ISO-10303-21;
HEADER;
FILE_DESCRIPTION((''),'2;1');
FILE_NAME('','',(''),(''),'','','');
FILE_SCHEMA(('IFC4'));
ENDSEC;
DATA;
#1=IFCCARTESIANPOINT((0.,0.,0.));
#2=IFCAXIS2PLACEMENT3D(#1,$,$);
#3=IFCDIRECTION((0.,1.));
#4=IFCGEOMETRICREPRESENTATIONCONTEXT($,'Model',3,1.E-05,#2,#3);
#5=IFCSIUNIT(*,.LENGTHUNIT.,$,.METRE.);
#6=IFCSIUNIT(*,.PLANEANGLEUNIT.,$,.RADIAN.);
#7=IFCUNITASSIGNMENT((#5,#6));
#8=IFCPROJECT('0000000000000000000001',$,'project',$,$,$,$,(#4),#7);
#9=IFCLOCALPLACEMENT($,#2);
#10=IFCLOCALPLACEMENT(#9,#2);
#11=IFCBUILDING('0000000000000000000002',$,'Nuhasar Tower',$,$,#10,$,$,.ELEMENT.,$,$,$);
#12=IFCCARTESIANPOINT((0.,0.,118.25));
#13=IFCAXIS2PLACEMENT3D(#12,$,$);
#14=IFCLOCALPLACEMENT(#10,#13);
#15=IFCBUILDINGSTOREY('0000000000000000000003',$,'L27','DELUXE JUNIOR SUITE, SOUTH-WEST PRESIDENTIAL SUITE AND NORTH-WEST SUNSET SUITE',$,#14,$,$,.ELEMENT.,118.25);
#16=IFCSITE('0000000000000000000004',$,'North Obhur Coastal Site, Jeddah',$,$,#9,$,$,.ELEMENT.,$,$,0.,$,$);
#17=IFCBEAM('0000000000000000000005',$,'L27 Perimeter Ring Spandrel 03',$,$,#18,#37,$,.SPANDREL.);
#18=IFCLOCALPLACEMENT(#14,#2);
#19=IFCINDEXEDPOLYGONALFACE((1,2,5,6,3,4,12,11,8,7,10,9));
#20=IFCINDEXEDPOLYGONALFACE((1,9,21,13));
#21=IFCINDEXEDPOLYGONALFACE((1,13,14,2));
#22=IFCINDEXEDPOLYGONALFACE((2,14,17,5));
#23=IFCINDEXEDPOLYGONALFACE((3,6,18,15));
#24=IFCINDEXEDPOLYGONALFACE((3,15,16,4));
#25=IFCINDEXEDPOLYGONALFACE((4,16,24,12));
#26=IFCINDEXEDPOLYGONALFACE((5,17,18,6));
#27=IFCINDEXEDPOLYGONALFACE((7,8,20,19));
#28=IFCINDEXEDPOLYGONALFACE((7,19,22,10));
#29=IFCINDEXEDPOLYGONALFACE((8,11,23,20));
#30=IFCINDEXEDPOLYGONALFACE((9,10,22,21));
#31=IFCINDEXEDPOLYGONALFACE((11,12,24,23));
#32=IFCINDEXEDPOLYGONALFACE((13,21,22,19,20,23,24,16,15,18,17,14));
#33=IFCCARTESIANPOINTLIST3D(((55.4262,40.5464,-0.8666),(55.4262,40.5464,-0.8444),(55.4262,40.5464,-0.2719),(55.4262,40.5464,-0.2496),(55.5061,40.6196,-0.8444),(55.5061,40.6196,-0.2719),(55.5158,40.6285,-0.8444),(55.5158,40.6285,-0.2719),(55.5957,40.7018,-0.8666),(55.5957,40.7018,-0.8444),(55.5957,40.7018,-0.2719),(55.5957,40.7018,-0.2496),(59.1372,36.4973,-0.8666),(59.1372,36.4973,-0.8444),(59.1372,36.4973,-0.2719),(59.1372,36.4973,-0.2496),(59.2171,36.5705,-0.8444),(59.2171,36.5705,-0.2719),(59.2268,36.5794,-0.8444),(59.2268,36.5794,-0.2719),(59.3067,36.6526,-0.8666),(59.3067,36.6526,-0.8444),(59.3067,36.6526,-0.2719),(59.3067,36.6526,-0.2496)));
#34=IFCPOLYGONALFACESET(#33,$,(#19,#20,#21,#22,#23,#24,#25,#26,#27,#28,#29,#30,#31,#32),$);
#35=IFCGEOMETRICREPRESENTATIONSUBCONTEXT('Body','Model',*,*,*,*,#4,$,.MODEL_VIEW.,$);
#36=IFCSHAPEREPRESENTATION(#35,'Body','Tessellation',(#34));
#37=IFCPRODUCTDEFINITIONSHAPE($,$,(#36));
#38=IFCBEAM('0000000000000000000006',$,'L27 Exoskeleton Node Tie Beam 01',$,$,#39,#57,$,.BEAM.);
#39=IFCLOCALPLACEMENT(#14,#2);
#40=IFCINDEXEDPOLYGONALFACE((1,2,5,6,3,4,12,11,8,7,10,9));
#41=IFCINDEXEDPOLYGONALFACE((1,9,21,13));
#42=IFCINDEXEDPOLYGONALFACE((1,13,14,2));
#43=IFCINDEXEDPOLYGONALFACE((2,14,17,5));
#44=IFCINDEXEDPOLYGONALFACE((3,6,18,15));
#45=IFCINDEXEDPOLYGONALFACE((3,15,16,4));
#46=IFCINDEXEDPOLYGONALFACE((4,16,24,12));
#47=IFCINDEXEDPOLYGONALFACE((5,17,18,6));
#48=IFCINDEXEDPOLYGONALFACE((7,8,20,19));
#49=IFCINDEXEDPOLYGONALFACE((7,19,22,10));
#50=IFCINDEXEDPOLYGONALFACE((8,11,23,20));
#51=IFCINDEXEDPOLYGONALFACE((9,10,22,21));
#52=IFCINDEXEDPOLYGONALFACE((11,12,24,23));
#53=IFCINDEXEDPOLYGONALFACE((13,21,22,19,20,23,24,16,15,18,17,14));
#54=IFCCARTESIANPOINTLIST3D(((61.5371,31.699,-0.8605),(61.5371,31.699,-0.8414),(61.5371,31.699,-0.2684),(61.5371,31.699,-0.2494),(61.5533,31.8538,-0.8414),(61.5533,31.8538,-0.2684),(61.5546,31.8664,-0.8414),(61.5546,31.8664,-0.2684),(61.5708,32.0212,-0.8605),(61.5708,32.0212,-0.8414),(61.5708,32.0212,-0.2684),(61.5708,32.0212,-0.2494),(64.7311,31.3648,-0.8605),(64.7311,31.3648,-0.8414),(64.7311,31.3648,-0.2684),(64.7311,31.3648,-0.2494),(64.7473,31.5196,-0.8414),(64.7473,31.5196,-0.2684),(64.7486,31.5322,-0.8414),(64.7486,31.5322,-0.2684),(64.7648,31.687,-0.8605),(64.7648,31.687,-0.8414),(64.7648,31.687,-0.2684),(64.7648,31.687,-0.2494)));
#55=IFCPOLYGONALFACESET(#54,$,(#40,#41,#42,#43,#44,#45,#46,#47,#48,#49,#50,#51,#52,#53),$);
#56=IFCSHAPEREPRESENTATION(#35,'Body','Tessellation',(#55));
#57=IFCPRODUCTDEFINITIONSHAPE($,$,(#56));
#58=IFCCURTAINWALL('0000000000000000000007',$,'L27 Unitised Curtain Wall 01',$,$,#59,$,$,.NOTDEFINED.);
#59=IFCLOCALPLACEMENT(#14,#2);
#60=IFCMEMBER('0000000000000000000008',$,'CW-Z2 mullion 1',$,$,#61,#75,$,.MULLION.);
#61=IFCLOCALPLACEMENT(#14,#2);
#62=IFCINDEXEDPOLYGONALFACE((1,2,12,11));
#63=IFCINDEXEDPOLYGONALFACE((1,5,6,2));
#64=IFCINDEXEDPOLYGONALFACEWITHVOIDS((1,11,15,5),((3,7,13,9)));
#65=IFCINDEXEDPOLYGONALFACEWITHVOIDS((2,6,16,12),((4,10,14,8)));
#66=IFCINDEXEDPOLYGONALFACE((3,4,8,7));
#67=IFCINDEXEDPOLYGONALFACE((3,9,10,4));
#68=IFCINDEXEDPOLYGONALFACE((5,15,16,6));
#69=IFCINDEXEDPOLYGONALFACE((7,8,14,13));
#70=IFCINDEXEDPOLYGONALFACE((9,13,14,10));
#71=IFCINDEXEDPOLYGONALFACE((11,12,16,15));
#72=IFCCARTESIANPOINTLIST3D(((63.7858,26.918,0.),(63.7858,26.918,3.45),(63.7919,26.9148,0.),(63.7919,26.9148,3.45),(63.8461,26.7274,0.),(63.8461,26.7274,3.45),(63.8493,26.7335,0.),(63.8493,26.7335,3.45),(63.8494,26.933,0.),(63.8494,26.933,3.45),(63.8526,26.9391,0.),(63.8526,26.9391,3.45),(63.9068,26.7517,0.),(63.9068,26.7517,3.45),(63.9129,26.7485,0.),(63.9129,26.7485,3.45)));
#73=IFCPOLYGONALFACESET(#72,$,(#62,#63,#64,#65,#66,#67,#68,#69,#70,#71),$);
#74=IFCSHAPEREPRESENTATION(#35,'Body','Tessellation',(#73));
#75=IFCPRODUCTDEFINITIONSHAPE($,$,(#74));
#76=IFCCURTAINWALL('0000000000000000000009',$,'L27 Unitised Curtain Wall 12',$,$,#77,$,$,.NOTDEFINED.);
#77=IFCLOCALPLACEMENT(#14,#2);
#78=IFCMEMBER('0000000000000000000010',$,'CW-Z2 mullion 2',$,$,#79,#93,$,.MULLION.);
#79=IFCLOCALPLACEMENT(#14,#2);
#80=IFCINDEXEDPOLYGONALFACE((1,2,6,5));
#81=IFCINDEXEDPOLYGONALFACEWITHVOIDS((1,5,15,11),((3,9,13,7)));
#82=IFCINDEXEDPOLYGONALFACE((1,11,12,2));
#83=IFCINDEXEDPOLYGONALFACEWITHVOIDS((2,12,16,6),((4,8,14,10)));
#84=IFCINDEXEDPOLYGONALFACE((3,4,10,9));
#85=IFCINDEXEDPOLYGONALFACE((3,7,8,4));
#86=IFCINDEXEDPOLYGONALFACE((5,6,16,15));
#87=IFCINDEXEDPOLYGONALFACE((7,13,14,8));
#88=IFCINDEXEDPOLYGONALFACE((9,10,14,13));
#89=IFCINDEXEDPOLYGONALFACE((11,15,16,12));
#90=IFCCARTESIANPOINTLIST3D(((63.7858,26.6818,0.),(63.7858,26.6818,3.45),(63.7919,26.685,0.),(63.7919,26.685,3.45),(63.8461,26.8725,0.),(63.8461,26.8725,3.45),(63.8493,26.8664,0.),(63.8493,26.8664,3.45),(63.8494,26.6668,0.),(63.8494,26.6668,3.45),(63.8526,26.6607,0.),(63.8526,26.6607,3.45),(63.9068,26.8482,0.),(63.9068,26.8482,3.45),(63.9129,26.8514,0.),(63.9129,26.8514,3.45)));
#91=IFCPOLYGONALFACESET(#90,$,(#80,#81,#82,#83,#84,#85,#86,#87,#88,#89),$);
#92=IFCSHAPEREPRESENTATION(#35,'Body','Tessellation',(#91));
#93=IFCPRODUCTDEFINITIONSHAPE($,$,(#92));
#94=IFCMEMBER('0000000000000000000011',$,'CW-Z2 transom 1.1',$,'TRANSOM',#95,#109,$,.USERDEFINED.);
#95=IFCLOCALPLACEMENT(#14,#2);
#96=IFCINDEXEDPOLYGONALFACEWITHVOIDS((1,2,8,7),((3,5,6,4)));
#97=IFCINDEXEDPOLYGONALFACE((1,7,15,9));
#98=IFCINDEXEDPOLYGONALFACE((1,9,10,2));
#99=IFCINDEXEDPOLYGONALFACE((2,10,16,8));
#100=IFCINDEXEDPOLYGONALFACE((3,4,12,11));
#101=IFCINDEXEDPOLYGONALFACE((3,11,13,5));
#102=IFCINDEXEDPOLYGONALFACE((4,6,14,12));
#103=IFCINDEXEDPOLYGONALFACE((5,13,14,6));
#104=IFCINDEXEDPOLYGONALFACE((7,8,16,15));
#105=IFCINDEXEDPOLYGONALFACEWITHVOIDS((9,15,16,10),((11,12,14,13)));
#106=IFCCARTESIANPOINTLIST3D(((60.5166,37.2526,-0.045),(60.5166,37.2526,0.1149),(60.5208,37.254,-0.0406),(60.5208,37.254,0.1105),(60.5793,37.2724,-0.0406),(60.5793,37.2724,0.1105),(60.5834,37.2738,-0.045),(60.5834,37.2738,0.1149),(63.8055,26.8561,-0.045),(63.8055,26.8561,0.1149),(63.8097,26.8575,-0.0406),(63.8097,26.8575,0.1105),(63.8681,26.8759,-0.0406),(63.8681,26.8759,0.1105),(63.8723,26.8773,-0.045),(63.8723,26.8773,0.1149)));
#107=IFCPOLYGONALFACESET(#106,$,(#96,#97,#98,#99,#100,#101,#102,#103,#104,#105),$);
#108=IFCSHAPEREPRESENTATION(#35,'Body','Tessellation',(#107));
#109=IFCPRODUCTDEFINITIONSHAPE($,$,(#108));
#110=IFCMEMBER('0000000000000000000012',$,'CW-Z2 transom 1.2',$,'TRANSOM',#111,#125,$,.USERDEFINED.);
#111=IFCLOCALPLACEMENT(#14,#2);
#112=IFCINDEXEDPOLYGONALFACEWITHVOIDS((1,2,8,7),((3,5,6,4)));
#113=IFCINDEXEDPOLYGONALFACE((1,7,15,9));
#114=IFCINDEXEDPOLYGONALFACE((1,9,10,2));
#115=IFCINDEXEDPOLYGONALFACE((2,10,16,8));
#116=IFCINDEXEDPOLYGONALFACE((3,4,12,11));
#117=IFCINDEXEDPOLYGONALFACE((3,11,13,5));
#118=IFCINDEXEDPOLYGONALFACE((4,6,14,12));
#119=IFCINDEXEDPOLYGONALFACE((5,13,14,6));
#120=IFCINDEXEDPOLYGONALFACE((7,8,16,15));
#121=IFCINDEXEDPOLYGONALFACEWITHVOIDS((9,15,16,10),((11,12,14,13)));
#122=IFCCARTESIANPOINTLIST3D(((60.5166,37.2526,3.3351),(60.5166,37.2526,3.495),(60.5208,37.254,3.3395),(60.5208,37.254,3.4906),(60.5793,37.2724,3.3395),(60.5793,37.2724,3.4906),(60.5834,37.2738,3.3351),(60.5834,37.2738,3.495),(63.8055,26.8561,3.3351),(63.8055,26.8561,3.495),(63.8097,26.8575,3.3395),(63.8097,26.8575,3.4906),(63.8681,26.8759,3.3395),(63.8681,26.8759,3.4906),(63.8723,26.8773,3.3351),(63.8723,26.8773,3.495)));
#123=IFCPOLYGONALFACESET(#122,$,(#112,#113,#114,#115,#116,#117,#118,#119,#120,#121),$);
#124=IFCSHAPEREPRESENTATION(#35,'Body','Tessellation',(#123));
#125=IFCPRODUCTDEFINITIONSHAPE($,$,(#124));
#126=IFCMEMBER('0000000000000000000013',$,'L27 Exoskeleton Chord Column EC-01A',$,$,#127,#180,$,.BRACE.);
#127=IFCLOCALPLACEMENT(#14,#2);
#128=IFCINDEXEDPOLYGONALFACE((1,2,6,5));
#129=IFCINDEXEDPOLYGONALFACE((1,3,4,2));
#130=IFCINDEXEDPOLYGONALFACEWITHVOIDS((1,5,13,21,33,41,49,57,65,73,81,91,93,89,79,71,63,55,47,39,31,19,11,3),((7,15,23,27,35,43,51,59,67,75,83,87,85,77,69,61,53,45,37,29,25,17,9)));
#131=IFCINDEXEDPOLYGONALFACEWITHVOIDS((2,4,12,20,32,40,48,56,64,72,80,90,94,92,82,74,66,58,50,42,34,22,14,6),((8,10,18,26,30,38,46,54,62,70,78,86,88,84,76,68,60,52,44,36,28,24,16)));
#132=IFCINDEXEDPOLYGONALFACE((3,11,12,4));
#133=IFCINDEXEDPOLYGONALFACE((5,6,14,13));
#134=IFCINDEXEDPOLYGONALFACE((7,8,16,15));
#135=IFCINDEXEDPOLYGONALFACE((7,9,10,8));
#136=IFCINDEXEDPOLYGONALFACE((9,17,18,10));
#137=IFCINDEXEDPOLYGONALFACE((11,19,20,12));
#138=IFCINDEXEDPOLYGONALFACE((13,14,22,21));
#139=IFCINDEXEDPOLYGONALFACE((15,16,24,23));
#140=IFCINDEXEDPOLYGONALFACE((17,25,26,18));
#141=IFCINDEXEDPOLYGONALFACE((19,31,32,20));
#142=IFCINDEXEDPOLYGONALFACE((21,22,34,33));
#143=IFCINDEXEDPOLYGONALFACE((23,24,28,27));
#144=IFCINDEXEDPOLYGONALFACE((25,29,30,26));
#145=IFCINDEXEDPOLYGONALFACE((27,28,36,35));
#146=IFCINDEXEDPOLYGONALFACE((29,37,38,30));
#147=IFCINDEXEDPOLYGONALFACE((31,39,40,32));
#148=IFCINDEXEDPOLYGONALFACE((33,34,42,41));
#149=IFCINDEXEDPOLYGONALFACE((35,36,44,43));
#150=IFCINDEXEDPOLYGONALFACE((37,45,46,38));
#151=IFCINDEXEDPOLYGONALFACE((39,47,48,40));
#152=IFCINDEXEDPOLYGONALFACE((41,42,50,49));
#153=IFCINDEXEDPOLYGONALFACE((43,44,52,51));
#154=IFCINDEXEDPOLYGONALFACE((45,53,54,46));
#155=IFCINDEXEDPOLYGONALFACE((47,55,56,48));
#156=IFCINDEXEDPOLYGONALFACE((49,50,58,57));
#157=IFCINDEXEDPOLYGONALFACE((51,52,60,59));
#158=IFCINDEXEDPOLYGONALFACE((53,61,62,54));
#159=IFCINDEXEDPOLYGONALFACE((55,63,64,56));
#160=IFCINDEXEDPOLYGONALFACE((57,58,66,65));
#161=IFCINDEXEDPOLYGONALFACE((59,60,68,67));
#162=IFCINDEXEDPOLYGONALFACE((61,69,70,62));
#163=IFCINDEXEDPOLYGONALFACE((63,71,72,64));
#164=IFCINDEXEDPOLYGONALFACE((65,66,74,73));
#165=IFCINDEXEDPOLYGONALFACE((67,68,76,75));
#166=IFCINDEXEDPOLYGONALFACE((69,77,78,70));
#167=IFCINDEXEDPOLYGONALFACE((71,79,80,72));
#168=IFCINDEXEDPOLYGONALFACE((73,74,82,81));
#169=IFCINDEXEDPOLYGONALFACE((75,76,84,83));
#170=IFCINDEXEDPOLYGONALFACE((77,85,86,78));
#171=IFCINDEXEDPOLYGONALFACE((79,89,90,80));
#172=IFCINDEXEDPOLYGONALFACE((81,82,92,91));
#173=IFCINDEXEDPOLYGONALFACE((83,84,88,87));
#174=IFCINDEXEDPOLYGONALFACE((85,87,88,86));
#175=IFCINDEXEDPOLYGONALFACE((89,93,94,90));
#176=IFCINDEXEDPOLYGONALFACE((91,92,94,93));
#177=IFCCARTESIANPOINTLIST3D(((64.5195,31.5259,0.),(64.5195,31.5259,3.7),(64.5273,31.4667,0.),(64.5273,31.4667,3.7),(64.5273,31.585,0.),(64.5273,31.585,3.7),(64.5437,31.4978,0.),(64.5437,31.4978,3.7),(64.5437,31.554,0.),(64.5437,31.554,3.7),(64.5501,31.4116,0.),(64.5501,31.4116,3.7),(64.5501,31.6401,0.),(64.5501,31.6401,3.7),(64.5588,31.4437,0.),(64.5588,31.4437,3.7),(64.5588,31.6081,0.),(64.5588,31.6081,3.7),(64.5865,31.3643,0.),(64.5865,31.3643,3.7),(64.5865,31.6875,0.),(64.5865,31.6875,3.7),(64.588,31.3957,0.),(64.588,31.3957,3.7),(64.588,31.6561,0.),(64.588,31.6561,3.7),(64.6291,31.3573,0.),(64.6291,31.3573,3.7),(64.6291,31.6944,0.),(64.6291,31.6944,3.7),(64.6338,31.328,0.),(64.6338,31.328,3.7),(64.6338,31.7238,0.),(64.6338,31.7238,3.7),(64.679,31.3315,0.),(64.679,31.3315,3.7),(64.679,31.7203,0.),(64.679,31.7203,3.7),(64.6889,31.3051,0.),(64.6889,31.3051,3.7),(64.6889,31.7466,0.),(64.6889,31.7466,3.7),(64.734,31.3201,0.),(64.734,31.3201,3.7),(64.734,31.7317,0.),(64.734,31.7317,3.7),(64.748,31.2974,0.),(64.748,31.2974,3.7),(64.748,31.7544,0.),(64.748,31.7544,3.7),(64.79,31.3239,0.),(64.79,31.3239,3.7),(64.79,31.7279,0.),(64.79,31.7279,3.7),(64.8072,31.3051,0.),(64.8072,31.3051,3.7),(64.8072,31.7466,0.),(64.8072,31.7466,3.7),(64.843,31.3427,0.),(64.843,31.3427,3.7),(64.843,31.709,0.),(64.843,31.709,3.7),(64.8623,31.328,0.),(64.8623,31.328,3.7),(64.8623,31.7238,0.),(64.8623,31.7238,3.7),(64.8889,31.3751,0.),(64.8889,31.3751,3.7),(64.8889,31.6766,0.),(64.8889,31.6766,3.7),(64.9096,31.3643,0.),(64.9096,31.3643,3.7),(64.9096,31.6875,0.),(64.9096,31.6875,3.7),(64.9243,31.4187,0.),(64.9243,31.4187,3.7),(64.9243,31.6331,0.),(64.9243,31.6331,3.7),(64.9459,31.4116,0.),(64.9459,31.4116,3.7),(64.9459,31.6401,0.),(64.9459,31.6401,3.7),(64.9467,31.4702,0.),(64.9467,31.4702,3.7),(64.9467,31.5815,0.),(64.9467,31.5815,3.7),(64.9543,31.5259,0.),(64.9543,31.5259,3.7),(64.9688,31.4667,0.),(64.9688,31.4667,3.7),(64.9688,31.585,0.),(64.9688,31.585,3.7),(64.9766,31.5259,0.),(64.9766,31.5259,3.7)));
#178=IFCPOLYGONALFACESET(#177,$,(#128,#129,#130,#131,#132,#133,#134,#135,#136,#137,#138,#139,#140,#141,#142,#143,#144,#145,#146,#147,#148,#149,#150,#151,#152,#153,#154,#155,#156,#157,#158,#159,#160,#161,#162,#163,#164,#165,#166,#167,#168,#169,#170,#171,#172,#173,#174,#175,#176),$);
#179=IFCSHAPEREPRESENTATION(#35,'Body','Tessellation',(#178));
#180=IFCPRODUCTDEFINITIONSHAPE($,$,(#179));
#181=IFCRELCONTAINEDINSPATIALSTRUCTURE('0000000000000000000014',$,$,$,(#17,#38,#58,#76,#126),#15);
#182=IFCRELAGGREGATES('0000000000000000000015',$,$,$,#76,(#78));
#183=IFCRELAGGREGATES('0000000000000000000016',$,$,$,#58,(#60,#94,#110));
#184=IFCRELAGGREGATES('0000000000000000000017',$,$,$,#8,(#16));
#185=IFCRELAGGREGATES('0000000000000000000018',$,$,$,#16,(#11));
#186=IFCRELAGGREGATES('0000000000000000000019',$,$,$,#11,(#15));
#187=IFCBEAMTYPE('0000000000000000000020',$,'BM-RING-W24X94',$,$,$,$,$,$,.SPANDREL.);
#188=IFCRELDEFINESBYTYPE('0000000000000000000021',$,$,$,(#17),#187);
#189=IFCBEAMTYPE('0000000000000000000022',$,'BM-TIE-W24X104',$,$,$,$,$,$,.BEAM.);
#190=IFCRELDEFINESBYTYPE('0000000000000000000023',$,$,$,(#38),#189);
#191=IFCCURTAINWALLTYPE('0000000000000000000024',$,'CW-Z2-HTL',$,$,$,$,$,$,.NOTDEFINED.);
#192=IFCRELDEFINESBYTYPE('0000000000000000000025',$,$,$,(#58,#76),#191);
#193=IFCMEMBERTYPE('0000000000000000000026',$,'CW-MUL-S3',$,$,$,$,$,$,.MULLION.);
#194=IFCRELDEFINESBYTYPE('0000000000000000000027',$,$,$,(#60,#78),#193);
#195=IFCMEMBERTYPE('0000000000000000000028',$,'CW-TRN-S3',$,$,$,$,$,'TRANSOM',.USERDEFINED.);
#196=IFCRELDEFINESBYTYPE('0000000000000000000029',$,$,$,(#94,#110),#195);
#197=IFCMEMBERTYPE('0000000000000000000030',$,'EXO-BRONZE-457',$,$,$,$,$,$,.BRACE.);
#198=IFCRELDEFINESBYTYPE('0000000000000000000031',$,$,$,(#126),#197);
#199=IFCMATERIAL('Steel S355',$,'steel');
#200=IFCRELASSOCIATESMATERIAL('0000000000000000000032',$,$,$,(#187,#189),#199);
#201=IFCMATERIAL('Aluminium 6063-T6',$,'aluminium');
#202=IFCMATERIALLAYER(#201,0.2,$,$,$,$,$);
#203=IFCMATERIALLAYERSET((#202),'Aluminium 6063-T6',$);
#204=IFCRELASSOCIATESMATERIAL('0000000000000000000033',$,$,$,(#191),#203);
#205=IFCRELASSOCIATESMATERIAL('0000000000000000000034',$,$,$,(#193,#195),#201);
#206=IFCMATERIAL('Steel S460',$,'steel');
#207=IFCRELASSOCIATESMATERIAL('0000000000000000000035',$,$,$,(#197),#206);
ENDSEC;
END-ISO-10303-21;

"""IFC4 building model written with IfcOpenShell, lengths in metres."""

from ifc_helpers import new_model, si_unit, direction, frame, origin, origin_2d, place, context, subcontext, project, spatial, hollow_rectangle, hollow_circle, i_section, extrude, material, layer, layer_set, material_profile, profile_set, type_object, element, aggregate, save


model = new_model("IFC4")

# Units and contexts
model_context = context("Model", 3, precision=1e-05, world=origin(), true_north=direction((0.0, 1.0)))
body_context = subcontext(model_context, "Body", "Model", "MODEL_VIEW")
ifc_project = project(units=[si_unit("LENGTHUNIT", "METRE"), si_unit("PLANEANGLEUNIT", "RADIAN")], contexts=[model_context])

# Site, building, storey
site_placement = place(None, origin())
site = spatial("IfcSite", under=ifc_project, at=site_placement, Name="North Obhur Coastal Site, Jeddah", CompositionType="ELEMENT", RefElevation=0.0)
building_placement = place(site_placement, origin())
building = spatial("IfcBuilding", under=site, at=building_placement, Name="Nuhasar Tower", CompositionType="ELEMENT")
storey_placement = place(building_placement, frame((0.0, 0.0, 118.25)))
storey = spatial("IfcBuildingStorey", under=building, at=storey_placement, Name="L27", Description="DELUXE JUNIOR SUITE, SOUTH-WEST PRESIDENTIAL SUITE AND NORTH-WEST SUNSET SUITE", CompositionType="ELEMENT", Elevation=118.25)

# Beams
ifc_material_1 = material(Name="Steel S355", Category="steel")
ifc_material_profile_1 = material_profile(ifc_material_1, i_section(OverallWidth=0.23, OverallDepth=0.6169, WebThickness=0.0132, FlangeThickness=0.0222, at=origin_2d()), Name="W24X94")
ifc_profile_set_1 = profile_set([ifc_material_profile_1], Name="Steel S355")
beam_type_1 = type_object("IfcBeamType", Name="BM-RING-W24X94", PredefinedType="SPANDREL", material=ifc_profile_set_1)
beam_1_placement = place(storey_placement, frame((59.2219, 36.575, -0.5581), z_axis=(-0.675654, 0.737219, 0.0), x_axis=(-0.737219, -0.675654, 0.0)))
element("IfcBeam", 1, at=beam_1_placement, inside=storey, type_object=beam_type_1, Name="L27 Perimeter Ring Spandrel 03", PredefinedType="SPANDREL", context=body_context, shape_type="SweptSolid", body=[
    extrude(i_section(OverallWidth=0.23, OverallDepth=0.6169, WebThickness=0.0132, FlangeThickness=0.0222, at=origin_2d()), origin(), (0.0, 0.0, 1.0), 5.4924),
])
ifc_material_profile_2 = material_profile(ifc_material_1, i_section(OverallWidth=0.324, OverallDepth=0.6111, WebThickness=0.0127, FlangeThickness=0.019, at=origin_2d()), Name="W24X104")
ifc_profile_set_2 = profile_set([ifc_material_profile_2], Name="Steel S355")
beam_type_2 = type_object("IfcBeamType", Name="BM-TIE-W24X104", PredefinedType="BEAM", material=ifc_profile_set_2)
beam_2_placement = place(storey_placement, frame((61.554, 31.8601, -0.5549), z_axis=(0.99457, -0.104071, 0.0), x_axis=(0.104071, 0.99457, 0.0)))
element("IfcBeam", 2, at=beam_2_placement, inside=storey, type_object=beam_type_2, Name="L27 Exoskeleton Node Tie Beam 01", PredefinedType="BEAM", context=body_context, shape_type="SweptSolid", body=[
    extrude(i_section(OverallWidth=0.324, OverallDepth=0.6111, WebThickness=0.0127, FlangeThickness=0.019, at=origin_2d()), origin(), (0.0, 0.0, 1.0), 3.2114),
])

# Curtain walls, members
ifc_material_2 = material(Name="Aluminium 6063-T6", Category="aluminium")
ifc_layer_1 = layer(ifc_material_2, 0.2)
ifc_layer_set_1 = layer_set([ifc_layer_1], Name="Aluminium 6063-T6")
curtain_wall_type = type_object("IfcCurtainWallType", Name="CW-Z2-HTL", PredefinedType="NOTDEFINED", material=ifc_layer_set_1)
curtain_wall_1_placement = place(storey_placement, origin())
curtain_wall_1 = element("IfcCurtainWall", 3, at=curtain_wall_1_placement, inside=storey, type_object=curtain_wall_type, Name="L27 Unitised Curtain Wall 01", PredefinedType="NOTDEFINED")
ifc_material_profile_3 = material_profile(ifc_material_2, hollow_rectangle(XDim=0.0701, YDim=0.2, WallThickness=0.0049, at=origin_2d()), Name="CWM-3")
ifc_profile_set_3 = profile_set([ifc_material_profile_3], Name="Aluminium 6063-T6")
member_type_1 = type_object("IfcMemberType", Name="CW-MUL-S3", PredefinedType="MULLION", material=ifc_profile_set_3)
member_1_placement = place(storey_placement, frame((63.8494, 26.8333, 0.0), z_axis=(0.0, 0.0, 1.0), x_axis=(-0.953433, -0.301604, 0.0)))
member_1 = element("IfcMember", 4, at=member_1_placement, type_object=member_type_1, Name="CW-Z2 mullion 1", PredefinedType="MULLION", context=body_context, shape_type="SweptSolid", body=[
    extrude(hollow_rectangle(XDim=0.0701, YDim=0.2, WallThickness=0.0049, at=origin_2d()), origin(), (0.0, 0.0, 1.0), 3.45),
])
curtain_wall_2_placement = place(storey_placement, origin())
curtain_wall_2 = element("IfcCurtainWall", 5, at=curtain_wall_2_placement, inside=storey, type_object=curtain_wall_type, Name="L27 Unitised Curtain Wall 12", PredefinedType="NOTDEFINED")
member_2_placement = place(storey_placement, frame((63.8494, 26.7666, 0.0), z_axis=(0.0, 0.0, 1.0), x_axis=(-0.953433, 0.301604, 0.0)))
member_2 = element("IfcMember", 6, at=member_2_placement, type_object=member_type_1, Name="CW-Z2 mullion 2", PredefinedType="MULLION", context=body_context, shape_type="SweptSolid", body=[
    extrude(hollow_rectangle(XDim=0.0701, YDim=0.2, WallThickness=0.0049, at=origin_2d()), origin(), (0.0, 0.0, 1.0), 3.45),
])
aggregate(curtain_wall_2, [member_2])

# Members
ifc_material_profile_4 = material_profile(ifc_material_2, hollow_rectangle(XDim=0.0701, YDim=0.1599, WallThickness=0.0044, at=origin_2d()), Name="CWT-3")
ifc_profile_set_4 = profile_set([ifc_material_profile_4], Name="Aluminium 6063-T6")
member_type_2 = type_object("IfcMemberType", Name="CW-TRN-S3", ElementType="TRANSOM", PredefinedType="USERDEFINED", material=ifc_profile_set_4)
member_3_placement = place(storey_placement, frame((63.8389, 26.8667, 0.0349), z_axis=(-0.301608, 0.953432, 0.0), x_axis=(-0.953432, -0.301608, 0.0)))
member_3 = element("IfcMember", 7, at=member_3_placement, type_object=member_type_2, Name="CW-Z2 transom 1.1", ObjectType="TRANSOM", PredefinedType="USERDEFINED", context=body_context, shape_type="SweptSolid", body=[
    extrude(hollow_rectangle(XDim=0.0701, YDim=0.1599, WallThickness=0.0044, at=origin_2d()), origin(), (0.0, 0.0, 1.0), 10.9043),
])
member_4_placement = place(storey_placement, frame((63.8389, 26.8667, 3.415), z_axis=(-0.301608, 0.953432, 0.0), x_axis=(-0.953432, -0.301608, 0.0)))
member_4 = element("IfcMember", 8, at=member_4_placement, type_object=member_type_2, Name="CW-Z2 transom 1.2", ObjectType="TRANSOM", PredefinedType="USERDEFINED", context=body_context, shape_type="SweptSolid", body=[
    extrude(hollow_rectangle(XDim=0.0701, YDim=0.1599, WallThickness=0.0044, at=origin_2d()), origin(), (0.0, 0.0, 1.0), 10.9043),
])

# Member
ifc_material_3 = material(Name="Steel S460", Category="steel")
ifc_material_profile_5 = material_profile(ifc_material_3, hollow_circle(Radius=0.2285, WallThickness=0.0222, at=origin_2d()), Name="HSS457X22.2")
ifc_profile_set_5 = profile_set([ifc_material_profile_5], Name="Steel S460")
member_type_3 = type_object("IfcMemberType", Name="EXO-BRONZE-457", PredefinedType="BRACE", material=ifc_profile_set_5)
for number, where, z_axis, x_axis, name in (
    (9, (64.748, 31.5259, 0.0), (0.0, 0.0, 1.0), (1.0, 0.0, 0.0), "L27 Exoskeleton Chord Column EC-01A"),
):
    element("IfcMember", number, at=place(storey_placement, frame(where, z_axis=z_axis, x_axis=x_axis)), inside=storey, type_object=member_type_3, Name=name, PredefinedType="BRACE", context=body_context, shape_type="SweptSolid", body=[
        extrude(hollow_circle(Radius=0.2285, WallThickness=0.0222, at=origin_2d()), origin(), (0.0, 0.0, 1.0), 3.7),
    ])

aggregate(curtain_wall_1, [member_1, member_3, member_4])

save(model, "model.ifc")
